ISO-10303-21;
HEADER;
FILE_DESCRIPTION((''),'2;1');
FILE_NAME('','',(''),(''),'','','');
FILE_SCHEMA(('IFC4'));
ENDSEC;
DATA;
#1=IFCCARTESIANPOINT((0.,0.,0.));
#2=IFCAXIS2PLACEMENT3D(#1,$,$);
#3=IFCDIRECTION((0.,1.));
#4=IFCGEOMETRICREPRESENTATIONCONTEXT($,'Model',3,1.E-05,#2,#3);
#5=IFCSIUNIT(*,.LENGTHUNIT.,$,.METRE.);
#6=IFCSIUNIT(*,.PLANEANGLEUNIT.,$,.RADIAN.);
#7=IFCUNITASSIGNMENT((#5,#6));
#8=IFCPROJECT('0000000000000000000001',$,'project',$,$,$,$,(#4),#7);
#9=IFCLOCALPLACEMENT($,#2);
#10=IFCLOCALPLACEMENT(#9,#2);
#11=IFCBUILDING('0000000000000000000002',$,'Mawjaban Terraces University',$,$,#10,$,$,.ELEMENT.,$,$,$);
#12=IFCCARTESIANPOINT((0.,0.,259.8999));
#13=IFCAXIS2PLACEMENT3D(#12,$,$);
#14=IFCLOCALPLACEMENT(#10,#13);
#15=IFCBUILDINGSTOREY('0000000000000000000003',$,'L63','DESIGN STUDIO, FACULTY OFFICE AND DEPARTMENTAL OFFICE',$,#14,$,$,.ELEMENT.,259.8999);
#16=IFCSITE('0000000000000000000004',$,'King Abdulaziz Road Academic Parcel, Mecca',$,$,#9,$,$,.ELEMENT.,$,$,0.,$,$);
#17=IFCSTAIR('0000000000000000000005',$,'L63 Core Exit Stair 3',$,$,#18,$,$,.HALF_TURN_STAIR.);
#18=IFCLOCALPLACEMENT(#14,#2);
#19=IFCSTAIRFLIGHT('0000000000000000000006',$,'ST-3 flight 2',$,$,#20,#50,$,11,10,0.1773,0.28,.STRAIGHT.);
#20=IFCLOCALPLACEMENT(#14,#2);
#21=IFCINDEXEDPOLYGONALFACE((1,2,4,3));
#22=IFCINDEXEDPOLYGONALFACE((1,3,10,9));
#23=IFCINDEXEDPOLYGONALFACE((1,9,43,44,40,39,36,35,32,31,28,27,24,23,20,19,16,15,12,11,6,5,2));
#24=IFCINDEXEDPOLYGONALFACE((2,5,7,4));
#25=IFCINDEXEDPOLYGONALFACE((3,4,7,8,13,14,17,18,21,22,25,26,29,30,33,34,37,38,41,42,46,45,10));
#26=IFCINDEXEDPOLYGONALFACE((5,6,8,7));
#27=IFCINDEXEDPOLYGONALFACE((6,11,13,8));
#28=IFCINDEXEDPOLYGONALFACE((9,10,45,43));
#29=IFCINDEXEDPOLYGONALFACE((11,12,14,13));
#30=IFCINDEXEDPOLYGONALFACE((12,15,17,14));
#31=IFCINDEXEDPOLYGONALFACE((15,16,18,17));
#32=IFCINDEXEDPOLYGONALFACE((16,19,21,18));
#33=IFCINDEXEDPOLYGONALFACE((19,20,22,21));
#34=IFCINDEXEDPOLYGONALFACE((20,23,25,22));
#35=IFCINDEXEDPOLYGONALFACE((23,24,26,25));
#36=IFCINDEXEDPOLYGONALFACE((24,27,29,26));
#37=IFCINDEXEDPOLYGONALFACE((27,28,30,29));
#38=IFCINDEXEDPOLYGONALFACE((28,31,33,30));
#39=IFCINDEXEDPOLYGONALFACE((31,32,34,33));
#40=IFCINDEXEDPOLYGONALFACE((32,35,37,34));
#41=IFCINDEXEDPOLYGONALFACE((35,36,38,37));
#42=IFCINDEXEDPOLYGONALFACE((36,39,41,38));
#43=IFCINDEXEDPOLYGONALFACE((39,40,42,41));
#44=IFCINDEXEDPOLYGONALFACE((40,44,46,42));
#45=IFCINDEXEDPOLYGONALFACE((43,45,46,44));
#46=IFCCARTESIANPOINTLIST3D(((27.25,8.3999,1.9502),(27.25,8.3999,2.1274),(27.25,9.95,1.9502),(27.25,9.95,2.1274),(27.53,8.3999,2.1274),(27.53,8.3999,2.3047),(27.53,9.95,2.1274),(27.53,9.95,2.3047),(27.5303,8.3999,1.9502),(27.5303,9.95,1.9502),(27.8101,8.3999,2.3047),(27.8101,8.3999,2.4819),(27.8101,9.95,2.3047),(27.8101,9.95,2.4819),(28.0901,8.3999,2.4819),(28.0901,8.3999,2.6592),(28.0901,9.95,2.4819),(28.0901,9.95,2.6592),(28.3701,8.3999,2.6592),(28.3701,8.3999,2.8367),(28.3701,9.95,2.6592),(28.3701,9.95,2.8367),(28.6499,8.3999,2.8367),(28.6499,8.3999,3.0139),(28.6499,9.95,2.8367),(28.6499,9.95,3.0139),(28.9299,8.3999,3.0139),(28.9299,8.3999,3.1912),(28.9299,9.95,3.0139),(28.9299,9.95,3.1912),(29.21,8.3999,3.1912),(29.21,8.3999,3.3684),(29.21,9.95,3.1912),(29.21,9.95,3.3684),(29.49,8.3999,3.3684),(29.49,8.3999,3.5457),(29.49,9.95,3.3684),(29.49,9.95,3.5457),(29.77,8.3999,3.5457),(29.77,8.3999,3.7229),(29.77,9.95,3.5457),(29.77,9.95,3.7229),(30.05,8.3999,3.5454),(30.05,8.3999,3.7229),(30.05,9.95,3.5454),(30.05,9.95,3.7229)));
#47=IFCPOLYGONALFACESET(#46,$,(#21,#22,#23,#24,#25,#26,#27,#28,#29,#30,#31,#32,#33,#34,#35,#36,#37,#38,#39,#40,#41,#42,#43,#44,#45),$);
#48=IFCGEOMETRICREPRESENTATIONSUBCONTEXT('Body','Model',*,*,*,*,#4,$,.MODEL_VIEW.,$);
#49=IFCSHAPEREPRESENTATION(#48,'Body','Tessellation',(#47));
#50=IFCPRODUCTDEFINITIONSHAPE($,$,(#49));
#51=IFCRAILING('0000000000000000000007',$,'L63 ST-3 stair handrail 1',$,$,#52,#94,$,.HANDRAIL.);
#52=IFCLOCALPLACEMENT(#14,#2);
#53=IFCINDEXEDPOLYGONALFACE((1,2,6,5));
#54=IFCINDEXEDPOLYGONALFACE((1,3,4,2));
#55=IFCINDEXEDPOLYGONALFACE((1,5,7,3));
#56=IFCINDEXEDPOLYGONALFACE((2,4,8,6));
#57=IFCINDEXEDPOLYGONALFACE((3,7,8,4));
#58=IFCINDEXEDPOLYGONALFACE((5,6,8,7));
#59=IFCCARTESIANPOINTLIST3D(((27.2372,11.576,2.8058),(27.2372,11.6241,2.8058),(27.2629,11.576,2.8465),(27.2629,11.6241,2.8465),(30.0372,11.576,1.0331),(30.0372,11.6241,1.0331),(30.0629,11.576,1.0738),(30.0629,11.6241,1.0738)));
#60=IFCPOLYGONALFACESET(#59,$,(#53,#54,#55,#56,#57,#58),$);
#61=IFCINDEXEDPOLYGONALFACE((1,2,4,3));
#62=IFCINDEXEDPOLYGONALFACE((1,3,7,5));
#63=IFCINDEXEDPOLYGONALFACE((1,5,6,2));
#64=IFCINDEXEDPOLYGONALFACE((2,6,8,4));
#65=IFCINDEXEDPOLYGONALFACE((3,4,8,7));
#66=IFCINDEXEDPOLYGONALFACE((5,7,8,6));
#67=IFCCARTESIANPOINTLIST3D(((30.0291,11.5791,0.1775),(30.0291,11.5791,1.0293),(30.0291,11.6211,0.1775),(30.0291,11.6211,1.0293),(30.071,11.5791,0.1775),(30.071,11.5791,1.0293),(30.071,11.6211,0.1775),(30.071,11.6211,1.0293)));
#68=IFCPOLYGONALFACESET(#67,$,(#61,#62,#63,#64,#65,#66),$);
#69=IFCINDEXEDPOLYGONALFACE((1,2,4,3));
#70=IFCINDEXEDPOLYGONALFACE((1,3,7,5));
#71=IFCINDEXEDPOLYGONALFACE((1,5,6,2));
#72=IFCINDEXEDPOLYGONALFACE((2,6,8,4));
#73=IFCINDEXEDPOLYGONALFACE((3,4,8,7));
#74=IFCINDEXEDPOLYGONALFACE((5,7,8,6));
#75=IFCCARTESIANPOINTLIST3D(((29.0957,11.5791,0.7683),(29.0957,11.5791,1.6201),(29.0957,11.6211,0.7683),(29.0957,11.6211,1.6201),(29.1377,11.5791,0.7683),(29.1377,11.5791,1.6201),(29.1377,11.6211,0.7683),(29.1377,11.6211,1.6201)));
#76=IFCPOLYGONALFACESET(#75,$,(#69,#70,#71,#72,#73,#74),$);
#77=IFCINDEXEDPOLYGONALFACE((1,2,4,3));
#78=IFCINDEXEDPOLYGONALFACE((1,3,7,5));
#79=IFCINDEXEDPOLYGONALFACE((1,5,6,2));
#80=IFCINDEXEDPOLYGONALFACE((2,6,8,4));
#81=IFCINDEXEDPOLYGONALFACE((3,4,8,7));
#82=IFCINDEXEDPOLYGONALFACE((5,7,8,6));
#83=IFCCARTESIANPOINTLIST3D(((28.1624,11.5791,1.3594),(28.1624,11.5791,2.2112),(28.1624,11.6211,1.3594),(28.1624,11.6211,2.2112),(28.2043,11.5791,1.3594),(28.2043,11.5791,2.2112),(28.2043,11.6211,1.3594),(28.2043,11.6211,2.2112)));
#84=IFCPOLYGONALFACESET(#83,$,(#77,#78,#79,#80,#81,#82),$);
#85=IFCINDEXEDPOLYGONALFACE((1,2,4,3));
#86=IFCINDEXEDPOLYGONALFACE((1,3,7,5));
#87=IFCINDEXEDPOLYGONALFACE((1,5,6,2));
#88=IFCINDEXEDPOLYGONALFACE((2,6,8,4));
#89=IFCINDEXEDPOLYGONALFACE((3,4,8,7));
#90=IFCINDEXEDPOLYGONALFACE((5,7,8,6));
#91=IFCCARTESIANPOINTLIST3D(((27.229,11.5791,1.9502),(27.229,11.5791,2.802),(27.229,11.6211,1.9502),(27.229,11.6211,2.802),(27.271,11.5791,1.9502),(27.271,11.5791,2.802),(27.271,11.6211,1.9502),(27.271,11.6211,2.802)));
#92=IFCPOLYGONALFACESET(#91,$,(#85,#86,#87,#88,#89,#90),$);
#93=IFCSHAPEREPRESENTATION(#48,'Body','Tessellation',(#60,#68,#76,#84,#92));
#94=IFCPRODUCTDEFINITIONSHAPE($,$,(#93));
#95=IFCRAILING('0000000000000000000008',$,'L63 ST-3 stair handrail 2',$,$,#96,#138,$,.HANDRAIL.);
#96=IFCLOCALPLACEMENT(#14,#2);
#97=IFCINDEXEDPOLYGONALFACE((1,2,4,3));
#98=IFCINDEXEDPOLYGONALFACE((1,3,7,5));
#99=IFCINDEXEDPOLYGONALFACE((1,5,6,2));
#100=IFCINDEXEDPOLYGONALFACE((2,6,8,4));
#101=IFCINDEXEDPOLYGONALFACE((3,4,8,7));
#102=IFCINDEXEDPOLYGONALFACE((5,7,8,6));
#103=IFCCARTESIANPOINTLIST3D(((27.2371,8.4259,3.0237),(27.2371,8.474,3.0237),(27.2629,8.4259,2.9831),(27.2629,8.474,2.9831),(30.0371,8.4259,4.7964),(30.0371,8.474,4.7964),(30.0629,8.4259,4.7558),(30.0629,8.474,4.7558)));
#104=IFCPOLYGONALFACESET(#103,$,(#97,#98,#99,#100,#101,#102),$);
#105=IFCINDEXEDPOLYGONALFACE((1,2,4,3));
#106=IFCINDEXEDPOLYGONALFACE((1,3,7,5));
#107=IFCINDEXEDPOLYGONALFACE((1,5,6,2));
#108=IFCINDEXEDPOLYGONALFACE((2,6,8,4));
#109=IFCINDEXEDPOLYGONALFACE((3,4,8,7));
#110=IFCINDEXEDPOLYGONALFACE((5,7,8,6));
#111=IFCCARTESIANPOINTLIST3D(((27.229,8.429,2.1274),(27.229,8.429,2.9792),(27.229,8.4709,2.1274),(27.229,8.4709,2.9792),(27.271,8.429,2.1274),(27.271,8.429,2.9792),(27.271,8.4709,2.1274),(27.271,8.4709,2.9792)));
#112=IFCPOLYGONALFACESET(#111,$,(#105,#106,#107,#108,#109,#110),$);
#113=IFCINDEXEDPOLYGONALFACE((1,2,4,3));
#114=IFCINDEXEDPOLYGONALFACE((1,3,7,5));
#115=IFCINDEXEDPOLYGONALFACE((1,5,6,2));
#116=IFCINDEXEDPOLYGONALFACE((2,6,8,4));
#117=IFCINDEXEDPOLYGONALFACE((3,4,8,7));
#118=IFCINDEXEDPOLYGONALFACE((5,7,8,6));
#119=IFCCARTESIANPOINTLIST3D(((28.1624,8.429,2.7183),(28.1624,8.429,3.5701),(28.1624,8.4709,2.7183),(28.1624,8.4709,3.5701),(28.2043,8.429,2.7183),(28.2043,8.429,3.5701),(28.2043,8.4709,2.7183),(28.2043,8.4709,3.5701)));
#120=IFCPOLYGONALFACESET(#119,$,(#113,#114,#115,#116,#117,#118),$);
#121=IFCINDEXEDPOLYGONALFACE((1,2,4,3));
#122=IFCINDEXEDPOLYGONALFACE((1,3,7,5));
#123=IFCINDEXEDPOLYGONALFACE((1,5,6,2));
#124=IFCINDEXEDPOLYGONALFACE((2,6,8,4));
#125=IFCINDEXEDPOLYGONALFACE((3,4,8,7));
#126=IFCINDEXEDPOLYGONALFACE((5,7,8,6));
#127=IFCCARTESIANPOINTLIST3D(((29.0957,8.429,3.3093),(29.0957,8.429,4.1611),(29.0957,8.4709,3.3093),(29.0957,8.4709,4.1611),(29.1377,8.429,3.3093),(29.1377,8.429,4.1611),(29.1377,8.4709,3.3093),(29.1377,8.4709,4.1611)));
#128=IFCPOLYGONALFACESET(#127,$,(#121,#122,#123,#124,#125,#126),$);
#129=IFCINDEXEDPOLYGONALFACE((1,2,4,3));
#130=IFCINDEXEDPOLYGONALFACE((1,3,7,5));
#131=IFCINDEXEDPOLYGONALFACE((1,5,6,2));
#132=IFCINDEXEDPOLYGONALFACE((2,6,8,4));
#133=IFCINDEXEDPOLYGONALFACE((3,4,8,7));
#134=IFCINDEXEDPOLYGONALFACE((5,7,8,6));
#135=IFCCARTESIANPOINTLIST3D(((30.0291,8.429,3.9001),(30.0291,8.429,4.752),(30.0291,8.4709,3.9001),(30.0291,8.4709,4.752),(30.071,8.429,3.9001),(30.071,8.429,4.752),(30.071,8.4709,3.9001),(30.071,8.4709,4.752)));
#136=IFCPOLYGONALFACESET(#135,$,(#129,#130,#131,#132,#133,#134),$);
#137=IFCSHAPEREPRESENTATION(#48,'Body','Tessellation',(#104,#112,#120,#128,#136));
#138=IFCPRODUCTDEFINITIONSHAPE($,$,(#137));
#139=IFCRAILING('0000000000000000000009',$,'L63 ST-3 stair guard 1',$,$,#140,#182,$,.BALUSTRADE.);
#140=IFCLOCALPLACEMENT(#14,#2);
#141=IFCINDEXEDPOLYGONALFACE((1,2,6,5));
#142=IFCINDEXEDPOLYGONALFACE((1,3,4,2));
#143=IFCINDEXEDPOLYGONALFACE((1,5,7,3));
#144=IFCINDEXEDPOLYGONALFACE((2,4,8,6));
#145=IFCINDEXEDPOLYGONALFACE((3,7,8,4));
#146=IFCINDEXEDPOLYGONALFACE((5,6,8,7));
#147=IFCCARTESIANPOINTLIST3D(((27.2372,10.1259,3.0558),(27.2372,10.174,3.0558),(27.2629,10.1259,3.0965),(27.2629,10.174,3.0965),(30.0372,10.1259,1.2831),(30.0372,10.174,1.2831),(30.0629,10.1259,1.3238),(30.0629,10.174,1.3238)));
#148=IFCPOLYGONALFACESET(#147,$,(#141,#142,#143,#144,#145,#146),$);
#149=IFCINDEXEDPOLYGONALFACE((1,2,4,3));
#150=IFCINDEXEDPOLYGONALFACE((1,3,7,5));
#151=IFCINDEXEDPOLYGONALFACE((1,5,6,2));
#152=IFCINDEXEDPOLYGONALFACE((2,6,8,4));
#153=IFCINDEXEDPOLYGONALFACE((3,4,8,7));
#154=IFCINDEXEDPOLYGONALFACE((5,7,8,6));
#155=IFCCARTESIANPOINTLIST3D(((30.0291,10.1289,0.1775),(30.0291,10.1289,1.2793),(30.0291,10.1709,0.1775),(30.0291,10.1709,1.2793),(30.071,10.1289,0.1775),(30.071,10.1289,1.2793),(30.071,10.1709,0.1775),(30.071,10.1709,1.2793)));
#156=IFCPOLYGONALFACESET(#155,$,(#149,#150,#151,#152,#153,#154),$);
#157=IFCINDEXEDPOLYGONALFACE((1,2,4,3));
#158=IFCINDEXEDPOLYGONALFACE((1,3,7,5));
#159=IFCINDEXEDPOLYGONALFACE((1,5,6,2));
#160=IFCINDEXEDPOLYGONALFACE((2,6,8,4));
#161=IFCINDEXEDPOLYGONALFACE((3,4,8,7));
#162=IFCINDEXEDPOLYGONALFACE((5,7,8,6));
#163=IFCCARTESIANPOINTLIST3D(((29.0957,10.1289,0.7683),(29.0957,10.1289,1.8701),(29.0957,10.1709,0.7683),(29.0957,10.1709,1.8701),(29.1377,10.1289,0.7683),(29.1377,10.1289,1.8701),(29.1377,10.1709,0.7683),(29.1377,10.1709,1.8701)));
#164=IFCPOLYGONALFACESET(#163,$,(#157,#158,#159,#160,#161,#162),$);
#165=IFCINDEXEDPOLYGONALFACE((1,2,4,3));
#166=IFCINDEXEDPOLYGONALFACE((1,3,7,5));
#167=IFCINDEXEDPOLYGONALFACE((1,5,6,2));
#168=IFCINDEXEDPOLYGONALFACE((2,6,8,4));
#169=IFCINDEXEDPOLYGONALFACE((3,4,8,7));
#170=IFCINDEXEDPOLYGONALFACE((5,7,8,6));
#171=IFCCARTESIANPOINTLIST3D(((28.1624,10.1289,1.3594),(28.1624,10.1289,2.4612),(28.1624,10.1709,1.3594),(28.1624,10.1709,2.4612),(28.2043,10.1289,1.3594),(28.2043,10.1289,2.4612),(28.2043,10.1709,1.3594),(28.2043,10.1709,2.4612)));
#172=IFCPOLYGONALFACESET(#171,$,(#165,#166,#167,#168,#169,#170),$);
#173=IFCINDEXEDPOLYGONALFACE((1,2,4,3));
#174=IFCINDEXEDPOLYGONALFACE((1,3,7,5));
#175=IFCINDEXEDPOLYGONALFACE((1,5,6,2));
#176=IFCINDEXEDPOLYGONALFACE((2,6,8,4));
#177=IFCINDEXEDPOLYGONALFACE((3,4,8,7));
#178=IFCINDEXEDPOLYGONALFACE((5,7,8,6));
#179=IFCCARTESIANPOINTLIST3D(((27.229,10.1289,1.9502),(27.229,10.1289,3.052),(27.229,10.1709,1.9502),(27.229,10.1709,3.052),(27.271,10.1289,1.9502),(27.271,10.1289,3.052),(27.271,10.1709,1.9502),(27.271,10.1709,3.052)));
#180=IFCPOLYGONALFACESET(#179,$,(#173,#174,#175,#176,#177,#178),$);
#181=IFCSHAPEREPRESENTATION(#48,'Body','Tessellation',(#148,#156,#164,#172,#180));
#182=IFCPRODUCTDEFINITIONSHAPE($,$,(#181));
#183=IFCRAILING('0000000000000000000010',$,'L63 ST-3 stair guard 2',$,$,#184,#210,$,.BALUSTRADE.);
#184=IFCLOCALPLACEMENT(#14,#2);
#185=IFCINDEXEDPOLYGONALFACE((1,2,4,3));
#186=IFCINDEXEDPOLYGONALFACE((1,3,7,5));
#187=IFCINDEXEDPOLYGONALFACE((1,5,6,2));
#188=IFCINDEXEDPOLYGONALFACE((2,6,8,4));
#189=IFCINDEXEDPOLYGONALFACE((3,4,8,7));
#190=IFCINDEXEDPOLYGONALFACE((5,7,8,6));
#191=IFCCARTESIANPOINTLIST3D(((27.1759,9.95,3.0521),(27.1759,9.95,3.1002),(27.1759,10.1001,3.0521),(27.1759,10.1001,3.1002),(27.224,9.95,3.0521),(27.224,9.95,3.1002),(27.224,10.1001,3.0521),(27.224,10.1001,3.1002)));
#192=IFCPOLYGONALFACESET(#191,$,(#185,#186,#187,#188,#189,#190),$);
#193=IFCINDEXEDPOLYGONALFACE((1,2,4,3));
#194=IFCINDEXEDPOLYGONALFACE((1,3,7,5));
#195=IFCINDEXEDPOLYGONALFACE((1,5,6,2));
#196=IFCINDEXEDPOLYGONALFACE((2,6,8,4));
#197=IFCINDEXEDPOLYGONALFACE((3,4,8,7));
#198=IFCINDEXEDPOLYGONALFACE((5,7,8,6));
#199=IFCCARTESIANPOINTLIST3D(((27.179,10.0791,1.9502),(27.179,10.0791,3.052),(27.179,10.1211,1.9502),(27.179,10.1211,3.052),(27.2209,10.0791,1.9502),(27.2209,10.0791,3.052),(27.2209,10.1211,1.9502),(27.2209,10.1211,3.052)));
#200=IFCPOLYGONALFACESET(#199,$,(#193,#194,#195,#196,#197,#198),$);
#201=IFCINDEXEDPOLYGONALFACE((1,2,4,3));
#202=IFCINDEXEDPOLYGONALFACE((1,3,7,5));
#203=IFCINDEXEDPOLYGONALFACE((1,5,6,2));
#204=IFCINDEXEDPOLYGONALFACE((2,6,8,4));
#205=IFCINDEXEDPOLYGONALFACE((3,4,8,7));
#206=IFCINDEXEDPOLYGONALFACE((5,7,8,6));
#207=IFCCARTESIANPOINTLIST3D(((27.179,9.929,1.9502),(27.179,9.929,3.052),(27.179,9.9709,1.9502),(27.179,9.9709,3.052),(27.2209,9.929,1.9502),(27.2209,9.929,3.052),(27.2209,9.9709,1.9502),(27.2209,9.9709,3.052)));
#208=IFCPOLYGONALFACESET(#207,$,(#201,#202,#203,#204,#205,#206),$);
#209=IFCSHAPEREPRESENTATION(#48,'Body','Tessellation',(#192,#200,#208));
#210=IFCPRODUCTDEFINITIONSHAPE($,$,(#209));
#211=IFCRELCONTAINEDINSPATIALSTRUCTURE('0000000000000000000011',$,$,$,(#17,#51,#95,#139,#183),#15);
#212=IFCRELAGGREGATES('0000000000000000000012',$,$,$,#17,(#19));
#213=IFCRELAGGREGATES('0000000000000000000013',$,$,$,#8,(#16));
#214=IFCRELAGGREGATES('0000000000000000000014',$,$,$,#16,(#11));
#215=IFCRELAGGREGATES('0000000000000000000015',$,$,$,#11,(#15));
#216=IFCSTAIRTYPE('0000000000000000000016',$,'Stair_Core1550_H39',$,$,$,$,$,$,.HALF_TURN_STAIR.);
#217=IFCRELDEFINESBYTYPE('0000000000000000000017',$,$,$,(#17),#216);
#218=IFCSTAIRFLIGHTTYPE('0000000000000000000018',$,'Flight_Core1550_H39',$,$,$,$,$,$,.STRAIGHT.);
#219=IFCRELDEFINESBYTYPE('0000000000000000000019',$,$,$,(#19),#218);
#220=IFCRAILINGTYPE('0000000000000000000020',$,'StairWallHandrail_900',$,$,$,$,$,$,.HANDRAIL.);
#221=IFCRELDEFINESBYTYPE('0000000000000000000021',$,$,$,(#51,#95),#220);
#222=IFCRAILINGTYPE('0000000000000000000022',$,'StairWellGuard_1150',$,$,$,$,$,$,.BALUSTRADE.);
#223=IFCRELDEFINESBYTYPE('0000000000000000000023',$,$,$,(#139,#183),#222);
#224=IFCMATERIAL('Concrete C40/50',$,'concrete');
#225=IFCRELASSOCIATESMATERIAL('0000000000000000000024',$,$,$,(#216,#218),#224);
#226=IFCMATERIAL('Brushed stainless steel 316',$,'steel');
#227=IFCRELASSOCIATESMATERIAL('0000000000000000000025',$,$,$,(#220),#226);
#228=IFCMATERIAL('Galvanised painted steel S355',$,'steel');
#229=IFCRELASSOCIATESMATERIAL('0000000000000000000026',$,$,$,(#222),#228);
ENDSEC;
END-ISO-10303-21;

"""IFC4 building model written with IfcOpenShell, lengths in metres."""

from ifc_helpers import new_model, si_unit, direction, frame, origin, origin_2d, place, context, subcontext, project, spatial, polyline, rectangle, outline, extrude, material, type_object, element, aggregate, save


model = new_model("IFC4")

# Units and contexts
model_context = context("Model", 3, precision=1e-05, world=origin(), true_north=direction((0.0, 1.0)))
body_context = subcontext(model_context, "Body", "Model", "MODEL_VIEW")
ifc_project = project(units=[si_unit("LENGTHUNIT", "METRE"), si_unit("PLANEANGLEUNIT", "RADIAN")], contexts=[model_context])

# Site, building, storey
site_placement = place(None, origin())
site = spatial("IfcSite", under=ifc_project, at=site_placement, Name="King Abdulaziz Road Academic Parcel, Mecca", CompositionType="ELEMENT", RefElevation=0.0)
building_placement = place(site_placement, origin())
building = spatial("IfcBuilding", under=site, at=building_placement, Name="Mawjaban Terraces University", CompositionType="ELEMENT")
storey_placement = place(building_placement, frame((0.0, 0.0, 259.8999)))
storey = spatial("IfcBuildingStorey", under=building, at=storey_placement, Name="L63", Description="DESIGN STUDIO, FACULTY OFFICE AND DEPARTMENTAL OFFICE", CompositionType="ELEMENT", Elevation=259.8999)

# Shared definitions
ifc_material_1 = material(Name="Concrete C40/50", Category="concrete")

# Stair, stair flight
stair_type = type_object("IfcStairType", Name="Stair_Core1550_H39", PredefinedType="HALF_TURN_STAIR", material=ifc_material_1)
stair_placement = place(storey_placement, origin())
stair = element("IfcStair", 1, at=stair_placement, inside=storey, type_object=stair_type, Name="L63 Core Exit Stair 3", PredefinedType="HALF_TURN_STAIR")
stair_flight_type = type_object("IfcStairFlightType", Name="Flight_Core1550_H39", PredefinedType="STRAIGHT", material=ifc_material_1)
stair_flight_1_placement = place(storey_placement, frame((27.25, 9.175, 1.9502), z_axis=(0.0, 0.0, 1.0), x_axis=(1.0, 0.0, 0.0)))
stair_flight_1 = element("IfcStairFlight", 2, at=stair_flight_1_placement, type_object=stair_flight_type, Name="ST-3 flight 2", NumberOfRisers=11, NumberOfTreads=10, PredefinedType="STRAIGHT", RiserHeight=0.1773, TreadLength=0.28, context=body_context, shape_type="SweptSolid", body=[
    extrude(outline(polyline([(0.0, 0.0), (0.0, 0.1772), (0.28, 0.1772), (0.28, 0.3545), (0.5601, 0.3545), (0.5601, 0.5317), (0.8401, 0.5317), (0.8401, 0.709), (1.1201, 0.709), (1.1201, 0.8865), (1.3999, 0.8865), (1.3999, 1.0637), (1.6799, 1.0637), (1.6799, 1.241), (1.96, 1.241), (1.96, 1.4182), (2.24, 1.4182), (2.24, 1.5955), (2.52, 1.5955), (2.52, 1.7727), (2.8, 1.7727), (2.8, 1.95), (2.8, 1.5952), (0.2803, 0.0), (0.0, 0.0)])), frame((0.0, 0.7749, 0.0), z_axis=(0.0, -1.0, 0.0), x_axis=(1.0, 0.0, 0.0)), (0.0, 0.0, 1.0), 1.55),
])
aggregate(stair, [stair_flight_1])

# Railings
ifc_material_2 = material(Name="Brushed stainless steel 316", Category="steel")
railing_type_1 = type_object("IfcRailingType", Name="StairWallHandrail_900", PredefinedType="HANDRAIL", material=ifc_material_2)
railing_1_placement = place(storey_placement, frame((30.05, 11.6001, 0.1775)))
element("IfcRailing", 3, at=railing_1_placement, inside=storey, type_object=railing_type_1, Name="L63 ST-3 stair handrail 1", PredefinedType="HANDRAIL", context=body_context, shape_type="SweptSolid", body=[
    extrude(rectangle(XDim=0.0481, YDim=0.0481, at=origin_2d()), frame((0.0, 0.0, 0.876), z_axis=(-0.844909, 0.0, 0.53491), x_axis=(0.0, -1.0, 0.0)), (0.0, 0.0, 1.0), 3.314),
    extrude(rectangle(XDim=0.042, YDim=0.042, at=origin_2d()), origin(), (0.0, 0.0, 1.0), 0.8518),
    extrude(rectangle(XDim=0.042, YDim=0.042, at=origin_2d()), frame((-0.9333, 0.0, 0.5908)), (0.0, 0.0, 1.0), 0.8518),
    extrude(rectangle(XDim=0.042, YDim=0.042, at=origin_2d()), frame((-1.8667, 0.0, 1.1819)), (0.0, 0.0, 1.0), 0.8518),
    extrude(rectangle(XDim=0.042, YDim=0.042, at=origin_2d()), frame((-2.8, 0.0, 1.7727)), (0.0, 0.0, 1.0), 0.8518),
])
railing_2_placement = place(storey_placement, frame((27.25, 8.45, 2.1274)))
element("IfcRailing", 4, at=railing_2_placement, inside=storey, type_object=railing_type_1, Name="L63 ST-3 stair handrail 2", PredefinedType="HANDRAIL", context=body_context, shape_type="SweptSolid", body=[
    extrude(rectangle(XDim=0.0481, YDim=0.0481, at=origin_2d()), frame((0.0, 0.0, 0.876), z_axis=(0.844909, 0.0, 0.53491), x_axis=(0.0, 1.0, 0.0)), (0.0, 0.0, 1.0), 3.314),
    extrude(rectangle(XDim=0.042, YDim=0.042, at=origin_2d()), origin(), (0.0, 0.0, 1.0), 0.8518),
    extrude(rectangle(XDim=0.042, YDim=0.042, at=origin_2d()), frame((0.9333, 0.0, 0.5908)), (0.0, 0.0, 1.0), 0.8518),
    extrude(rectangle(XDim=0.042, YDim=0.042, at=origin_2d()), frame((1.8667, 0.0, 1.1819)), (0.0, 0.0, 1.0), 0.8518),
    extrude(rectangle(XDim=0.042, YDim=0.042, at=origin_2d()), frame((2.8, 0.0, 1.7727)), (0.0, 0.0, 1.0), 0.8518),
])
ifc_material_3 = material(Name="Galvanised painted steel S355", Category="steel")
railing_type_2 = type_object("IfcRailingType", Name="StairWellGuard_1150", PredefinedType="BALUSTRADE", material=ifc_material_3)
railing_3_placement = place(storey_placement, frame((30.05, 10.1499, 0.1775)))
element("IfcRailing", 5, at=railing_3_placement, inside=storey, type_object=railing_type_2, Name="L63 ST-3 stair guard 1", PredefinedType="BALUSTRADE", context=body_context, shape_type="SweptSolid", body=[
    extrude(rectangle(XDim=0.0481, YDim=0.0481, at=origin_2d()), frame((0.0, 0.0, 1.126), z_axis=(-0.844909, 0.0, 0.53491), x_axis=(0.0, -1.0, 0.0)), (0.0, 0.0, 1.0), 3.314),
    extrude(rectangle(XDim=0.042, YDim=0.042, at=origin_2d()), origin(), (0.0, 0.0, 1.0), 1.1018),
    extrude(rectangle(XDim=0.042, YDim=0.042, at=origin_2d()), frame((-0.9333, 0.0, 0.5908)), (0.0, 0.0, 1.0), 1.1018),
    extrude(rectangle(XDim=0.042, YDim=0.042, at=origin_2d()), frame((-1.8667, 0.0, 1.1819)), (0.0, 0.0, 1.0), 1.1018),
    extrude(rectangle(XDim=0.042, YDim=0.042, at=origin_2d()), frame((-2.8, 0.0, 1.7727)), (0.0, 0.0, 1.0), 1.1018),
])
railing_4_placement = place(storey_placement, frame((27.2, 10.1001, 1.9502)))
element("IfcRailing", 6, at=railing_4_placement, inside=storey, type_object=railing_type_2, Name="L63 ST-3 stair guard 2", PredefinedType="BALUSTRADE", context=body_context, shape_type="SweptSolid", body=[
    extrude(rectangle(XDim=0.0481, YDim=0.0481, at=origin_2d()), frame((0.0, 0.0, 1.126), z_axis=(0.0, -1.0, 0.0), x_axis=(1.0, 0.0, 0.0)), (0.0, 0.0, 1.0), 0.1501),
    extrude(rectangle(XDim=0.042, YDim=0.042, at=origin_2d()), origin(), (0.0, 0.0, 1.0), 1.1018),
    extrude(rectangle(XDim=0.042, YDim=0.042, at=origin_2d()), frame((0.0, -0.1501, 0.0)), (0.0, 0.0, 1.0), 1.1018),
])

save(model, "model.ifc")
